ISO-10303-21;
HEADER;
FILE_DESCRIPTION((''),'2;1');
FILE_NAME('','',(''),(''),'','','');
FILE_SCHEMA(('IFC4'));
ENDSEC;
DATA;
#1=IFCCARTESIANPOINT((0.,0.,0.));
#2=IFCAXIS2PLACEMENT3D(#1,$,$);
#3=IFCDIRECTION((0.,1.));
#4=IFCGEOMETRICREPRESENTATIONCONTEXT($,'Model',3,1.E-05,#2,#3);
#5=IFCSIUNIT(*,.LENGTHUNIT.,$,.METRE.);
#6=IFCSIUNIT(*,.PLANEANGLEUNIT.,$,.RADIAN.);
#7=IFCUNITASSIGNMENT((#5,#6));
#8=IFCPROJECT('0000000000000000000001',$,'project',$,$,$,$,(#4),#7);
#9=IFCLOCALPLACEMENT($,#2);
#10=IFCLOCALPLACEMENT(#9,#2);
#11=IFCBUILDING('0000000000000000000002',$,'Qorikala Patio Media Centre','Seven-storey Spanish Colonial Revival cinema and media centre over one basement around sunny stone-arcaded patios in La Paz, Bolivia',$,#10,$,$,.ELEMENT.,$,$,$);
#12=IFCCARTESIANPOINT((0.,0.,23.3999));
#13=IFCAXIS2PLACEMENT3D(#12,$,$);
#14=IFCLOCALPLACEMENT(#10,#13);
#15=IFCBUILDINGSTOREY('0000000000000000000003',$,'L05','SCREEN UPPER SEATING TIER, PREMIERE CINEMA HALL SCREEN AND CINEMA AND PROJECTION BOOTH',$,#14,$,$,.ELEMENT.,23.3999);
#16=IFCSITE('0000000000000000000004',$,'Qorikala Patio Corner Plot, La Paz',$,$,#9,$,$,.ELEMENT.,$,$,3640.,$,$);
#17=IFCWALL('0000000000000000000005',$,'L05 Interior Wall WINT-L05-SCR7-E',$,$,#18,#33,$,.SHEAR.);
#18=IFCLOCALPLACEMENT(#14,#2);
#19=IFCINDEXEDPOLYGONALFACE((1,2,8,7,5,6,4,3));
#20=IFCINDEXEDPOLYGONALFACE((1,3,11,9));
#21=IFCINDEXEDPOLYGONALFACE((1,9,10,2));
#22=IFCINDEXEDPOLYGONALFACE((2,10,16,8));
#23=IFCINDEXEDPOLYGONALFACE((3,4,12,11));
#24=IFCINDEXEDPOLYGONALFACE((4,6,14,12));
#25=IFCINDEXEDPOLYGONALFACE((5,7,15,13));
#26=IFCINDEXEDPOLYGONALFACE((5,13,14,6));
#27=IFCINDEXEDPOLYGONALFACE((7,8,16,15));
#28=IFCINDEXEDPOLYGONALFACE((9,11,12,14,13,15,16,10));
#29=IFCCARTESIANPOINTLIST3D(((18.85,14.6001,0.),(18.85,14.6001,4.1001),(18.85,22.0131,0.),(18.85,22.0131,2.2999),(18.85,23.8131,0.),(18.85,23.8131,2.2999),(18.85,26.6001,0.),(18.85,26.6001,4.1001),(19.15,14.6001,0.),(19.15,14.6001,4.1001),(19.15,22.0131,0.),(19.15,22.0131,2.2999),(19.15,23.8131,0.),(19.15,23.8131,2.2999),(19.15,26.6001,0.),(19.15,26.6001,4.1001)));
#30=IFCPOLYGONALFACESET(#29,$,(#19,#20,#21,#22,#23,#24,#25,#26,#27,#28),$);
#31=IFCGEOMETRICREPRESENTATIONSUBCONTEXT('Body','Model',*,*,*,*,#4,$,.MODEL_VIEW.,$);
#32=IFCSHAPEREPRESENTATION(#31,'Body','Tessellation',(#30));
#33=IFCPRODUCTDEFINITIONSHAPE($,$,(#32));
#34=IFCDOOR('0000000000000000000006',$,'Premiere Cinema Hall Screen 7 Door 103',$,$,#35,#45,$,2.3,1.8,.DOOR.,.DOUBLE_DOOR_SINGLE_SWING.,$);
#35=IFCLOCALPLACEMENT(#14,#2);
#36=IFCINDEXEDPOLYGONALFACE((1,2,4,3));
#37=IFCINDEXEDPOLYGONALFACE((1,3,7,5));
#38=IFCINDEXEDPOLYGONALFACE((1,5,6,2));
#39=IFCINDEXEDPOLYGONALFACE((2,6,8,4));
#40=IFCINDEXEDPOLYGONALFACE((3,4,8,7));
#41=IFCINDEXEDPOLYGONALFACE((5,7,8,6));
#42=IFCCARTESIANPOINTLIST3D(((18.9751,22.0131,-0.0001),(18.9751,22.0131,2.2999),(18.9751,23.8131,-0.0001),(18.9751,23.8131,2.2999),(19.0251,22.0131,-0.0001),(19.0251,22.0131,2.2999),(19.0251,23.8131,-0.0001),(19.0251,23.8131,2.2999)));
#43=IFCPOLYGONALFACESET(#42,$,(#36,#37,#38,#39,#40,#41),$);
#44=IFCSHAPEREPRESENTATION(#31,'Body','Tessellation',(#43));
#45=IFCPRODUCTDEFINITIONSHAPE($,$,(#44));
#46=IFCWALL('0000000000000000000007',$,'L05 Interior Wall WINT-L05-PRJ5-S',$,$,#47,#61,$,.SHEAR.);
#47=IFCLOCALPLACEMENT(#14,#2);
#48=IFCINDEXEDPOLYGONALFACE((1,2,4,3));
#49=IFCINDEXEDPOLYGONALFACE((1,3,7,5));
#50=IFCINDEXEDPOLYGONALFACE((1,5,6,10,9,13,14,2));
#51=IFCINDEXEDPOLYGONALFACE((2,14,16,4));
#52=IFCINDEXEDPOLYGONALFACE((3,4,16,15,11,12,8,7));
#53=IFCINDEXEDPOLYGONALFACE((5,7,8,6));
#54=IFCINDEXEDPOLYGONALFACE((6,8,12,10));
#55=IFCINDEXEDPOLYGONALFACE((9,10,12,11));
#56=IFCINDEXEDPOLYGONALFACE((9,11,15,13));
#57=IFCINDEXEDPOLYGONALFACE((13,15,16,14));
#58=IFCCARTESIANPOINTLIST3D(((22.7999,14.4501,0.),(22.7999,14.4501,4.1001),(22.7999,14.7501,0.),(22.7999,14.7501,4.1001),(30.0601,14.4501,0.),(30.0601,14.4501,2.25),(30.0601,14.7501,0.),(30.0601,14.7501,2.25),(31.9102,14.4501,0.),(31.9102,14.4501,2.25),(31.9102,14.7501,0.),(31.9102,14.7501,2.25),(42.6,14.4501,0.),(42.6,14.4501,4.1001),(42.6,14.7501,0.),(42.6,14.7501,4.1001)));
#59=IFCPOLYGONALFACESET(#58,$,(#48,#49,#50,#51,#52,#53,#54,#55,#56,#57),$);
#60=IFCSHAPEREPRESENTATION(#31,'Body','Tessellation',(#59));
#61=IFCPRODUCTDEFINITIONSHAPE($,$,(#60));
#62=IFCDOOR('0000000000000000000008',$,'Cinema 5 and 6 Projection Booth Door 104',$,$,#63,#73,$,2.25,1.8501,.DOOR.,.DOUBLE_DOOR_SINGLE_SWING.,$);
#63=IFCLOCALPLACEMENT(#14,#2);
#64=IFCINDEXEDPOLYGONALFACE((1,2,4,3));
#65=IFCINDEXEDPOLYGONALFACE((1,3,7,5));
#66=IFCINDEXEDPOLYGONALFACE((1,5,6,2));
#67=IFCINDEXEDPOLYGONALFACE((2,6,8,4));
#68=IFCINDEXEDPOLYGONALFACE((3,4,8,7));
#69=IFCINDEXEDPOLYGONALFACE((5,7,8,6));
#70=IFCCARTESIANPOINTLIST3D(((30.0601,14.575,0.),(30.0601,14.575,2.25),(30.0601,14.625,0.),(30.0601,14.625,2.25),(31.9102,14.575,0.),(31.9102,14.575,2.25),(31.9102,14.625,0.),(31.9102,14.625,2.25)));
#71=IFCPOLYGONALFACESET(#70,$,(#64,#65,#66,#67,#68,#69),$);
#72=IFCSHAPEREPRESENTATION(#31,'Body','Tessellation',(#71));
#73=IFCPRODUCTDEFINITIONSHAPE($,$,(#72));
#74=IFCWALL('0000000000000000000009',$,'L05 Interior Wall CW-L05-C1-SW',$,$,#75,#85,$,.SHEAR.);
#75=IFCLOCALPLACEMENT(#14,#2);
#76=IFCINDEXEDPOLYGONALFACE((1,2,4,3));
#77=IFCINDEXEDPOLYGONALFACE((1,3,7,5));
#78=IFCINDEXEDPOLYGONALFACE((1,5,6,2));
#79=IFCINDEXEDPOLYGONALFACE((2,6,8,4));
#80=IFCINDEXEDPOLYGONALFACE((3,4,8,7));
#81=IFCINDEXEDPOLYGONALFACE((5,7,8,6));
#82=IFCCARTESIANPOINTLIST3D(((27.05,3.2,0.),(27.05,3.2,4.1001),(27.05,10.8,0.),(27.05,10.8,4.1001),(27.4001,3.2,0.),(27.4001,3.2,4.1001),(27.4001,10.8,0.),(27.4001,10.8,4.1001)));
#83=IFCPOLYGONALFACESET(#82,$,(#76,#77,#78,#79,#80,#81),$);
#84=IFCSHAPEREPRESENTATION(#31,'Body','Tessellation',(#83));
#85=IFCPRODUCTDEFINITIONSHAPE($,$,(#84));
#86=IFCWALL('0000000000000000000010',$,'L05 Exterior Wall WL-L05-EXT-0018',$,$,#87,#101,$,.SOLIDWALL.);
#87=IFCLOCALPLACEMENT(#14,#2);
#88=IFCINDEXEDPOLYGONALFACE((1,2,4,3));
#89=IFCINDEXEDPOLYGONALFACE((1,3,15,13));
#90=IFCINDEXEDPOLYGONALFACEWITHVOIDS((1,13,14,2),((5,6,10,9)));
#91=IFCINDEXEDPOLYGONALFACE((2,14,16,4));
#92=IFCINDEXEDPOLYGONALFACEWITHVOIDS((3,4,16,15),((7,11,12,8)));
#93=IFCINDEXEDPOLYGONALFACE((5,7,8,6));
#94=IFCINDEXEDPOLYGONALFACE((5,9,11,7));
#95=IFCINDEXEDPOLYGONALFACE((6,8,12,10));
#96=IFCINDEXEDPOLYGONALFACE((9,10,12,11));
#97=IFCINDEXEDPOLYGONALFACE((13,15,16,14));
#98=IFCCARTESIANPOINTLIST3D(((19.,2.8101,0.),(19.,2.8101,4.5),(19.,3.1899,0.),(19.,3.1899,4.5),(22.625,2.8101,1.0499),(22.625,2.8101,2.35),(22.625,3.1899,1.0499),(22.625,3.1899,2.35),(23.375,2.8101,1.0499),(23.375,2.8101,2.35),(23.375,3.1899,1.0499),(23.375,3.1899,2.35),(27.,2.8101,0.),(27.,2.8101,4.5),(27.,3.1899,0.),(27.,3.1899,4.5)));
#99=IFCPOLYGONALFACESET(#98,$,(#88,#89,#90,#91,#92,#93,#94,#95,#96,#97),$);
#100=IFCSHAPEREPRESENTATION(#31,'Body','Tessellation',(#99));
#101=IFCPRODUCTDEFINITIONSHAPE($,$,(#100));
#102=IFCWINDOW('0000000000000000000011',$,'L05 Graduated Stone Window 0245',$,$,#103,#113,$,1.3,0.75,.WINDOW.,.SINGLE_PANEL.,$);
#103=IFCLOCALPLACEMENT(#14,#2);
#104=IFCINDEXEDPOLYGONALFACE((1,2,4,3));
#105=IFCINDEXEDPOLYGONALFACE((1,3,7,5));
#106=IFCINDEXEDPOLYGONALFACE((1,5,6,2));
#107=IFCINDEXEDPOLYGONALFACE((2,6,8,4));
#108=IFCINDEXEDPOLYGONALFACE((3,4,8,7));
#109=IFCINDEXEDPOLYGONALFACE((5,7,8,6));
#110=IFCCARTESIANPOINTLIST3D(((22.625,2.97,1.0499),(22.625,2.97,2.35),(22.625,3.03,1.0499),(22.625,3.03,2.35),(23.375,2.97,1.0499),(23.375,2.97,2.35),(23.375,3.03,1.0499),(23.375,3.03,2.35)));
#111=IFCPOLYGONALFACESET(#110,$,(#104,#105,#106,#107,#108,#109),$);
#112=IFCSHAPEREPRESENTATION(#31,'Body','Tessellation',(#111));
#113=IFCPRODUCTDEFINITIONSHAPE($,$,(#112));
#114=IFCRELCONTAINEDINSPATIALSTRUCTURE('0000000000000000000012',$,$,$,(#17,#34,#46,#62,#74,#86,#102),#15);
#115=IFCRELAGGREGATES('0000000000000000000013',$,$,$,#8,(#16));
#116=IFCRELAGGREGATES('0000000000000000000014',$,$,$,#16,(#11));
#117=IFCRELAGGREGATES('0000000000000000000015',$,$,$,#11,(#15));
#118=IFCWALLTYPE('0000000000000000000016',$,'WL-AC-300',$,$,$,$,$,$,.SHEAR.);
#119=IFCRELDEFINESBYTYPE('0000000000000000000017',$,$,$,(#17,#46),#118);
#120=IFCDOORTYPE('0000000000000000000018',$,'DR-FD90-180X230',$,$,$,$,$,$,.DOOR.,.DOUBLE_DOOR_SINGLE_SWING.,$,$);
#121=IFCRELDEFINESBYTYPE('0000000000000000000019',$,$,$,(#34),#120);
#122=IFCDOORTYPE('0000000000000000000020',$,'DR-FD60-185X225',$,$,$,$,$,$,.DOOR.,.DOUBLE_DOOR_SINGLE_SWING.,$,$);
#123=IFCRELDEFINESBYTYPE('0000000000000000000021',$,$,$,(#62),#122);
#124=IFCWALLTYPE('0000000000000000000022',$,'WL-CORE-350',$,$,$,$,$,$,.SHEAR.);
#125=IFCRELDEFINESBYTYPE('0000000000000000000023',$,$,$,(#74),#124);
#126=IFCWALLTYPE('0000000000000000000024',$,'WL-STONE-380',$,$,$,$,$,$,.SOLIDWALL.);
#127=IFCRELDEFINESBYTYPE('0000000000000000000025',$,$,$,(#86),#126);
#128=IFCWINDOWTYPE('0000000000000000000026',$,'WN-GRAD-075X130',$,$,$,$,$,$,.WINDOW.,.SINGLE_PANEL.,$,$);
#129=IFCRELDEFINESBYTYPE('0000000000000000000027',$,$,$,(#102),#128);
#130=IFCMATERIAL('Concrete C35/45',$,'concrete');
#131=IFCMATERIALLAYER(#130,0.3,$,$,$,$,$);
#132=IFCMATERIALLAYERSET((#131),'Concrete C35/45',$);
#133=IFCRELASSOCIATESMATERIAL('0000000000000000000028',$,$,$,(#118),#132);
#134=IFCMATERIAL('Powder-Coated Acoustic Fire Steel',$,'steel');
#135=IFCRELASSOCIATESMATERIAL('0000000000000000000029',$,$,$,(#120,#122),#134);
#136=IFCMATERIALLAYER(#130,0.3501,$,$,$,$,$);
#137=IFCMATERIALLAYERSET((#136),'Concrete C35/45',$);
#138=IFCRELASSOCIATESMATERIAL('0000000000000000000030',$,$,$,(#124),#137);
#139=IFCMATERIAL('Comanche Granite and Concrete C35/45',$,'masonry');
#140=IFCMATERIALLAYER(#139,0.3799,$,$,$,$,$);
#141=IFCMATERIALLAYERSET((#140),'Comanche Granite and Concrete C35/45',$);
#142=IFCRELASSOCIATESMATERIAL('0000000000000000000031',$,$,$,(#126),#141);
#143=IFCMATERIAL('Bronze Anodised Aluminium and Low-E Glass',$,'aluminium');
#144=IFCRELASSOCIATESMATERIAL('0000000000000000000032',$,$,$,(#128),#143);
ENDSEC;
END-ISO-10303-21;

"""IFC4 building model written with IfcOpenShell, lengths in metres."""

from ifc_helpers import new_model, si_unit, direction, frame, frame_2d, origin, place, context, subcontext, project, spatial, rectangle, extrude, material, layer, layer_set, type_object, element, fill, save


model = new_model("IFC4")

# Units and contexts
model_context = context("Model", 3, precision=1e-05, world=origin(), true_north=direction((0.0, 1.0)))
body_context = subcontext(model_context, "Body", "Model", "MODEL_VIEW")
ifc_project = project(units=[si_unit("LENGTHUNIT", "METRE"), si_unit("PLANEANGLEUNIT", "RADIAN")], contexts=[model_context])

# Site, building, storey
site_placement = place(None, origin())
site = spatial("IfcSite", under=ifc_project, at=site_placement, Name="Qorikala Patio Corner Plot, La Paz", CompositionType="ELEMENT", RefElevation=3640.0)
building_placement = place(site_placement, origin())
building = spatial("IfcBuilding", under=site, at=building_placement, Name="Qorikala Patio Media Centre", Description="Seven-storey Spanish Colonial Revival cinema and media centre over one basement around sunny stone-arcaded patios in La Paz, Bolivia", CompositionType="ELEMENT")
storey_placement = place(building_placement, frame((0.0, 0.0, 23.3999)))
storey = spatial("IfcBuildingStorey", under=building, at=storey_placement, Name="L05", Description="SCREEN UPPER SEATING TIER, PREMIERE CINEMA HALL SCREEN AND CINEMA AND PROJECTION BOOTH", CompositionType="ELEMENT", Elevation=23.3999)

# Shared definitions
ifc_material_1 = material(Name="Concrete C35/45", Category="concrete")

# Shared definitions
ifc_layer_1 = layer(ifc_material_1, 0.3)
ifc_layer_set_1 = layer_set([ifc_layer_1], Name="Concrete C35/45")
wall_type_1 = type_object("IfcWallType", Name="WL-AC-300", PredefinedType="SHEAR", material=ifc_layer_set_1)

# Walls, openings, doors
wall_1_placement = place(storey_placement, frame((19.0, 14.6001, 0.0), z_axis=(0.0, 0.0, 1.0), x_axis=(0.0, 1.0, 0.0)))
wall_1 = element("IfcWall", 1, at=wall_1_placement, inside=storey, type_object=wall_type_1, Name="L05 Interior Wall WINT-L05-SCR7-E", PredefinedType="SHEAR", context=body_context, shape_type="SweptSolid", body=[
    extrude(rectangle(XDim=12.0, YDim=0.3, at=frame_2d((6.0, 0.0))), origin(), (0.0, 0.0, 1.0), 4.1001),
])
opening_1_placement = place(wall_1_placement, frame((7.4131, 0.0, 0.0)))
opening_1 = element("IfcOpeningElement", 2, at=opening_1_placement, cuts=wall_1, PredefinedType="OPENING", context=body_context, shape_type="SweptSolid", body=[
    extrude(rectangle(XDim=1.8, YDim=2.3, at=frame_2d((0.8999, 1.1499))), frame((0.0, 0.1599, 0.0), z_axis=(0.0, -1.0, 0.0), x_axis=(1.0, 0.0, 0.0)), (0.0, 0.0, 1.0), 0.3201),
])
ifc_material_2 = material(Name="Powder-Coated Acoustic Fire Steel", Category="steel")
door_type_1 = type_object("IfcDoorType", Name="DR-FD90-180X230", OperationType="DOUBLE_DOOR_SINGLE_SWING", PredefinedType="DOOR", material=ifc_material_2)
door_1_placement = place(opening_1_placement, origin())
door_1 = element("IfcDoor", 3, at=door_1_placement, inside=storey, type_object=door_type_1, Name="Premiere Cinema Hall Screen 7 Door 103", OperationType="DOUBLE_DOOR_SINGLE_SWING", OverallHeight=2.3, OverallWidth=1.8, PredefinedType="DOOR", context=body_context, shape_type="SweptSolid", body=[
    extrude(rectangle(XDim=1.8, YDim=2.3, at=frame_2d((0.8999, 1.1499))), frame((0.0, 0.0249, 0.0), z_axis=(0.0, -1.0, 0.0), x_axis=(1.0, 0.0, 0.0)), (0.0, 0.0, 1.0), 0.05),
])
fill(opening_1, door_1)
wall_2_placement = place(storey_placement, frame((22.8, 14.6001, 0.0), z_axis=(0.0, 0.0, 1.0), x_axis=(1.0, 0.0, 0.0)))
wall_2 = element("IfcWall", 4, at=wall_2_placement, inside=storey, type_object=wall_type_1, Name="L05 Interior Wall WINT-L05-PRJ5-S", PredefinedType="SHEAR", context=body_context, shape_type="SweptSolid", body=[
    extrude(rectangle(XDim=19.8, YDim=0.3, at=frame_2d((9.8999, 0.0))), origin(), (0.0, 0.0, 1.0), 4.1001),
])
opening_2_placement = place(wall_2_placement, frame((7.26, 0.0, 0.0)))
opening_2 = element("IfcOpeningElement", 5, at=opening_2_placement, cuts=wall_2, PredefinedType="OPENING", context=body_context, shape_type="SweptSolid", body=[
    extrude(rectangle(XDim=1.8501, YDim=2.25, at=frame_2d((0.925, 1.125))), frame((0.0, 0.1599, 0.0), z_axis=(0.0, -1.0, 0.0), x_axis=(1.0, 0.0, 0.0)), (0.0, 0.0, 1.0), 0.3201),
])
door_type_2 = type_object("IfcDoorType", Name="DR-FD60-185X225", OperationType="DOUBLE_DOOR_SINGLE_SWING", PredefinedType="DOOR", material=ifc_material_2)
door_2_placement = place(opening_2_placement, origin())
door_2 = element("IfcDoor", 6, at=door_2_placement, inside=storey, type_object=door_type_2, Name="Cinema 5 and 6 Projection Booth Door 104", OperationType="DOUBLE_DOOR_SINGLE_SWING", OverallHeight=2.25, OverallWidth=1.8501, PredefinedType="DOOR", context=body_context, shape_type="SweptSolid", body=[
    extrude(rectangle(XDim=1.8501, YDim=2.25, at=frame_2d((0.925, 1.125))), frame((0.0, 0.0249, 0.0), z_axis=(0.0, -1.0, 0.0), x_axis=(1.0, 0.0, 0.0)), (0.0, 0.0, 1.0), 0.05),
])
fill(opening_2, door_2)

# Wall
ifc_layer_2 = layer(ifc_material_1, 0.3501)
ifc_layer_set_2 = layer_set([ifc_layer_2], Name="Concrete C35/45")
wall_type_2 = type_object("IfcWallType", Name="WL-CORE-350", PredefinedType="SHEAR", material=ifc_layer_set_2)
wall_3_placement = place(storey_placement, frame((27.2251, 3.2, 0.0), z_axis=(0.0, 0.0, 1.0), x_axis=(0.0, 1.0, 0.0)))
element("IfcWall", 7, at=wall_3_placement, inside=storey, type_object=wall_type_2, Name="L05 Interior Wall CW-L05-C1-SW", PredefinedType="SHEAR", context=body_context, shape_type="SweptSolid", body=[
    extrude(rectangle(XDim=7.6001, YDim=0.3501, at=frame_2d((3.8, 0.0))), origin(), (0.0, 0.0, 1.0), 4.1001),
])

# Wall, opening, window
ifc_material_3 = material(Name="Comanche Granite and Concrete C35/45", Category="masonry")
ifc_layer_3 = layer(ifc_material_3, 0.3799)
ifc_layer_set_3 = layer_set([ifc_layer_3], Name="Comanche Granite and Concrete C35/45")
wall_type_3 = type_object("IfcWallType", Name="WL-STONE-380", PredefinedType="SOLIDWALL", material=ifc_layer_set_3)
wall_4_placement = place(storey_placement, frame((27.0, 3.0, 0.0), z_axis=(0.0, 0.0, 1.0), x_axis=(-1.0, 0.0, 0.0)))
wall_4 = element("IfcWall", 8, at=wall_4_placement, inside=storey, type_object=wall_type_3, Name="L05 Exterior Wall WL-L05-EXT-0018", PredefinedType="SOLIDWALL", context=body_context, shape_type="SweptSolid", body=[
    extrude(rectangle(XDim=8.0, YDim=0.3799, at=frame_2d((4.0, 0.0))), origin(), (0.0, 0.0, 1.0), 4.5),
])
opening_3_placement = place(wall_4_placement, frame((3.625, 0.0, 1.05)))
opening_3 = element("IfcOpeningElement", 9, at=opening_3_placement, cuts=wall_4, PredefinedType="OPENING", context=body_context, shape_type="SweptSolid", body=[
    extrude(rectangle(XDim=0.75, YDim=1.3, at=frame_2d((0.375, 0.6499))), frame((0.0, 0.2, 0.0), z_axis=(0.0, -1.0, 0.0), x_axis=(1.0, 0.0, 0.0)), (0.0, 0.0, 1.0), 0.3999),
])
ifc_material_4 = material(Name="Bronze Anodised Aluminium and Low-E Glass", Category="aluminium")
window_type = type_object("IfcWindowType", Name="WN-GRAD-075X130", PartitioningType="SINGLE_PANEL", PredefinedType="WINDOW", material=ifc_material_4)
window_placement = place(opening_3_placement, origin())
window = element("IfcWindow", 10, at=window_placement, inside=storey, type_object=window_type, Name="L05 Graduated Stone Window 0245", OverallHeight=1.3, OverallWidth=0.75, PartitioningType="SINGLE_PANEL", PredefinedType="WINDOW", context=body_context, shape_type="SweptSolid", body=[
    extrude(rectangle(XDim=0.75, YDim=1.3, at=frame_2d((0.375, 0.6499))), frame((0.0, 0.03, 0.0), z_axis=(0.0, -1.0, 0.0), x_axis=(1.0, 0.0, 0.0)), (0.0, 0.0, 1.0), 0.0601),
])
fill(opening_3, window)

save(model, "model.ifc")
